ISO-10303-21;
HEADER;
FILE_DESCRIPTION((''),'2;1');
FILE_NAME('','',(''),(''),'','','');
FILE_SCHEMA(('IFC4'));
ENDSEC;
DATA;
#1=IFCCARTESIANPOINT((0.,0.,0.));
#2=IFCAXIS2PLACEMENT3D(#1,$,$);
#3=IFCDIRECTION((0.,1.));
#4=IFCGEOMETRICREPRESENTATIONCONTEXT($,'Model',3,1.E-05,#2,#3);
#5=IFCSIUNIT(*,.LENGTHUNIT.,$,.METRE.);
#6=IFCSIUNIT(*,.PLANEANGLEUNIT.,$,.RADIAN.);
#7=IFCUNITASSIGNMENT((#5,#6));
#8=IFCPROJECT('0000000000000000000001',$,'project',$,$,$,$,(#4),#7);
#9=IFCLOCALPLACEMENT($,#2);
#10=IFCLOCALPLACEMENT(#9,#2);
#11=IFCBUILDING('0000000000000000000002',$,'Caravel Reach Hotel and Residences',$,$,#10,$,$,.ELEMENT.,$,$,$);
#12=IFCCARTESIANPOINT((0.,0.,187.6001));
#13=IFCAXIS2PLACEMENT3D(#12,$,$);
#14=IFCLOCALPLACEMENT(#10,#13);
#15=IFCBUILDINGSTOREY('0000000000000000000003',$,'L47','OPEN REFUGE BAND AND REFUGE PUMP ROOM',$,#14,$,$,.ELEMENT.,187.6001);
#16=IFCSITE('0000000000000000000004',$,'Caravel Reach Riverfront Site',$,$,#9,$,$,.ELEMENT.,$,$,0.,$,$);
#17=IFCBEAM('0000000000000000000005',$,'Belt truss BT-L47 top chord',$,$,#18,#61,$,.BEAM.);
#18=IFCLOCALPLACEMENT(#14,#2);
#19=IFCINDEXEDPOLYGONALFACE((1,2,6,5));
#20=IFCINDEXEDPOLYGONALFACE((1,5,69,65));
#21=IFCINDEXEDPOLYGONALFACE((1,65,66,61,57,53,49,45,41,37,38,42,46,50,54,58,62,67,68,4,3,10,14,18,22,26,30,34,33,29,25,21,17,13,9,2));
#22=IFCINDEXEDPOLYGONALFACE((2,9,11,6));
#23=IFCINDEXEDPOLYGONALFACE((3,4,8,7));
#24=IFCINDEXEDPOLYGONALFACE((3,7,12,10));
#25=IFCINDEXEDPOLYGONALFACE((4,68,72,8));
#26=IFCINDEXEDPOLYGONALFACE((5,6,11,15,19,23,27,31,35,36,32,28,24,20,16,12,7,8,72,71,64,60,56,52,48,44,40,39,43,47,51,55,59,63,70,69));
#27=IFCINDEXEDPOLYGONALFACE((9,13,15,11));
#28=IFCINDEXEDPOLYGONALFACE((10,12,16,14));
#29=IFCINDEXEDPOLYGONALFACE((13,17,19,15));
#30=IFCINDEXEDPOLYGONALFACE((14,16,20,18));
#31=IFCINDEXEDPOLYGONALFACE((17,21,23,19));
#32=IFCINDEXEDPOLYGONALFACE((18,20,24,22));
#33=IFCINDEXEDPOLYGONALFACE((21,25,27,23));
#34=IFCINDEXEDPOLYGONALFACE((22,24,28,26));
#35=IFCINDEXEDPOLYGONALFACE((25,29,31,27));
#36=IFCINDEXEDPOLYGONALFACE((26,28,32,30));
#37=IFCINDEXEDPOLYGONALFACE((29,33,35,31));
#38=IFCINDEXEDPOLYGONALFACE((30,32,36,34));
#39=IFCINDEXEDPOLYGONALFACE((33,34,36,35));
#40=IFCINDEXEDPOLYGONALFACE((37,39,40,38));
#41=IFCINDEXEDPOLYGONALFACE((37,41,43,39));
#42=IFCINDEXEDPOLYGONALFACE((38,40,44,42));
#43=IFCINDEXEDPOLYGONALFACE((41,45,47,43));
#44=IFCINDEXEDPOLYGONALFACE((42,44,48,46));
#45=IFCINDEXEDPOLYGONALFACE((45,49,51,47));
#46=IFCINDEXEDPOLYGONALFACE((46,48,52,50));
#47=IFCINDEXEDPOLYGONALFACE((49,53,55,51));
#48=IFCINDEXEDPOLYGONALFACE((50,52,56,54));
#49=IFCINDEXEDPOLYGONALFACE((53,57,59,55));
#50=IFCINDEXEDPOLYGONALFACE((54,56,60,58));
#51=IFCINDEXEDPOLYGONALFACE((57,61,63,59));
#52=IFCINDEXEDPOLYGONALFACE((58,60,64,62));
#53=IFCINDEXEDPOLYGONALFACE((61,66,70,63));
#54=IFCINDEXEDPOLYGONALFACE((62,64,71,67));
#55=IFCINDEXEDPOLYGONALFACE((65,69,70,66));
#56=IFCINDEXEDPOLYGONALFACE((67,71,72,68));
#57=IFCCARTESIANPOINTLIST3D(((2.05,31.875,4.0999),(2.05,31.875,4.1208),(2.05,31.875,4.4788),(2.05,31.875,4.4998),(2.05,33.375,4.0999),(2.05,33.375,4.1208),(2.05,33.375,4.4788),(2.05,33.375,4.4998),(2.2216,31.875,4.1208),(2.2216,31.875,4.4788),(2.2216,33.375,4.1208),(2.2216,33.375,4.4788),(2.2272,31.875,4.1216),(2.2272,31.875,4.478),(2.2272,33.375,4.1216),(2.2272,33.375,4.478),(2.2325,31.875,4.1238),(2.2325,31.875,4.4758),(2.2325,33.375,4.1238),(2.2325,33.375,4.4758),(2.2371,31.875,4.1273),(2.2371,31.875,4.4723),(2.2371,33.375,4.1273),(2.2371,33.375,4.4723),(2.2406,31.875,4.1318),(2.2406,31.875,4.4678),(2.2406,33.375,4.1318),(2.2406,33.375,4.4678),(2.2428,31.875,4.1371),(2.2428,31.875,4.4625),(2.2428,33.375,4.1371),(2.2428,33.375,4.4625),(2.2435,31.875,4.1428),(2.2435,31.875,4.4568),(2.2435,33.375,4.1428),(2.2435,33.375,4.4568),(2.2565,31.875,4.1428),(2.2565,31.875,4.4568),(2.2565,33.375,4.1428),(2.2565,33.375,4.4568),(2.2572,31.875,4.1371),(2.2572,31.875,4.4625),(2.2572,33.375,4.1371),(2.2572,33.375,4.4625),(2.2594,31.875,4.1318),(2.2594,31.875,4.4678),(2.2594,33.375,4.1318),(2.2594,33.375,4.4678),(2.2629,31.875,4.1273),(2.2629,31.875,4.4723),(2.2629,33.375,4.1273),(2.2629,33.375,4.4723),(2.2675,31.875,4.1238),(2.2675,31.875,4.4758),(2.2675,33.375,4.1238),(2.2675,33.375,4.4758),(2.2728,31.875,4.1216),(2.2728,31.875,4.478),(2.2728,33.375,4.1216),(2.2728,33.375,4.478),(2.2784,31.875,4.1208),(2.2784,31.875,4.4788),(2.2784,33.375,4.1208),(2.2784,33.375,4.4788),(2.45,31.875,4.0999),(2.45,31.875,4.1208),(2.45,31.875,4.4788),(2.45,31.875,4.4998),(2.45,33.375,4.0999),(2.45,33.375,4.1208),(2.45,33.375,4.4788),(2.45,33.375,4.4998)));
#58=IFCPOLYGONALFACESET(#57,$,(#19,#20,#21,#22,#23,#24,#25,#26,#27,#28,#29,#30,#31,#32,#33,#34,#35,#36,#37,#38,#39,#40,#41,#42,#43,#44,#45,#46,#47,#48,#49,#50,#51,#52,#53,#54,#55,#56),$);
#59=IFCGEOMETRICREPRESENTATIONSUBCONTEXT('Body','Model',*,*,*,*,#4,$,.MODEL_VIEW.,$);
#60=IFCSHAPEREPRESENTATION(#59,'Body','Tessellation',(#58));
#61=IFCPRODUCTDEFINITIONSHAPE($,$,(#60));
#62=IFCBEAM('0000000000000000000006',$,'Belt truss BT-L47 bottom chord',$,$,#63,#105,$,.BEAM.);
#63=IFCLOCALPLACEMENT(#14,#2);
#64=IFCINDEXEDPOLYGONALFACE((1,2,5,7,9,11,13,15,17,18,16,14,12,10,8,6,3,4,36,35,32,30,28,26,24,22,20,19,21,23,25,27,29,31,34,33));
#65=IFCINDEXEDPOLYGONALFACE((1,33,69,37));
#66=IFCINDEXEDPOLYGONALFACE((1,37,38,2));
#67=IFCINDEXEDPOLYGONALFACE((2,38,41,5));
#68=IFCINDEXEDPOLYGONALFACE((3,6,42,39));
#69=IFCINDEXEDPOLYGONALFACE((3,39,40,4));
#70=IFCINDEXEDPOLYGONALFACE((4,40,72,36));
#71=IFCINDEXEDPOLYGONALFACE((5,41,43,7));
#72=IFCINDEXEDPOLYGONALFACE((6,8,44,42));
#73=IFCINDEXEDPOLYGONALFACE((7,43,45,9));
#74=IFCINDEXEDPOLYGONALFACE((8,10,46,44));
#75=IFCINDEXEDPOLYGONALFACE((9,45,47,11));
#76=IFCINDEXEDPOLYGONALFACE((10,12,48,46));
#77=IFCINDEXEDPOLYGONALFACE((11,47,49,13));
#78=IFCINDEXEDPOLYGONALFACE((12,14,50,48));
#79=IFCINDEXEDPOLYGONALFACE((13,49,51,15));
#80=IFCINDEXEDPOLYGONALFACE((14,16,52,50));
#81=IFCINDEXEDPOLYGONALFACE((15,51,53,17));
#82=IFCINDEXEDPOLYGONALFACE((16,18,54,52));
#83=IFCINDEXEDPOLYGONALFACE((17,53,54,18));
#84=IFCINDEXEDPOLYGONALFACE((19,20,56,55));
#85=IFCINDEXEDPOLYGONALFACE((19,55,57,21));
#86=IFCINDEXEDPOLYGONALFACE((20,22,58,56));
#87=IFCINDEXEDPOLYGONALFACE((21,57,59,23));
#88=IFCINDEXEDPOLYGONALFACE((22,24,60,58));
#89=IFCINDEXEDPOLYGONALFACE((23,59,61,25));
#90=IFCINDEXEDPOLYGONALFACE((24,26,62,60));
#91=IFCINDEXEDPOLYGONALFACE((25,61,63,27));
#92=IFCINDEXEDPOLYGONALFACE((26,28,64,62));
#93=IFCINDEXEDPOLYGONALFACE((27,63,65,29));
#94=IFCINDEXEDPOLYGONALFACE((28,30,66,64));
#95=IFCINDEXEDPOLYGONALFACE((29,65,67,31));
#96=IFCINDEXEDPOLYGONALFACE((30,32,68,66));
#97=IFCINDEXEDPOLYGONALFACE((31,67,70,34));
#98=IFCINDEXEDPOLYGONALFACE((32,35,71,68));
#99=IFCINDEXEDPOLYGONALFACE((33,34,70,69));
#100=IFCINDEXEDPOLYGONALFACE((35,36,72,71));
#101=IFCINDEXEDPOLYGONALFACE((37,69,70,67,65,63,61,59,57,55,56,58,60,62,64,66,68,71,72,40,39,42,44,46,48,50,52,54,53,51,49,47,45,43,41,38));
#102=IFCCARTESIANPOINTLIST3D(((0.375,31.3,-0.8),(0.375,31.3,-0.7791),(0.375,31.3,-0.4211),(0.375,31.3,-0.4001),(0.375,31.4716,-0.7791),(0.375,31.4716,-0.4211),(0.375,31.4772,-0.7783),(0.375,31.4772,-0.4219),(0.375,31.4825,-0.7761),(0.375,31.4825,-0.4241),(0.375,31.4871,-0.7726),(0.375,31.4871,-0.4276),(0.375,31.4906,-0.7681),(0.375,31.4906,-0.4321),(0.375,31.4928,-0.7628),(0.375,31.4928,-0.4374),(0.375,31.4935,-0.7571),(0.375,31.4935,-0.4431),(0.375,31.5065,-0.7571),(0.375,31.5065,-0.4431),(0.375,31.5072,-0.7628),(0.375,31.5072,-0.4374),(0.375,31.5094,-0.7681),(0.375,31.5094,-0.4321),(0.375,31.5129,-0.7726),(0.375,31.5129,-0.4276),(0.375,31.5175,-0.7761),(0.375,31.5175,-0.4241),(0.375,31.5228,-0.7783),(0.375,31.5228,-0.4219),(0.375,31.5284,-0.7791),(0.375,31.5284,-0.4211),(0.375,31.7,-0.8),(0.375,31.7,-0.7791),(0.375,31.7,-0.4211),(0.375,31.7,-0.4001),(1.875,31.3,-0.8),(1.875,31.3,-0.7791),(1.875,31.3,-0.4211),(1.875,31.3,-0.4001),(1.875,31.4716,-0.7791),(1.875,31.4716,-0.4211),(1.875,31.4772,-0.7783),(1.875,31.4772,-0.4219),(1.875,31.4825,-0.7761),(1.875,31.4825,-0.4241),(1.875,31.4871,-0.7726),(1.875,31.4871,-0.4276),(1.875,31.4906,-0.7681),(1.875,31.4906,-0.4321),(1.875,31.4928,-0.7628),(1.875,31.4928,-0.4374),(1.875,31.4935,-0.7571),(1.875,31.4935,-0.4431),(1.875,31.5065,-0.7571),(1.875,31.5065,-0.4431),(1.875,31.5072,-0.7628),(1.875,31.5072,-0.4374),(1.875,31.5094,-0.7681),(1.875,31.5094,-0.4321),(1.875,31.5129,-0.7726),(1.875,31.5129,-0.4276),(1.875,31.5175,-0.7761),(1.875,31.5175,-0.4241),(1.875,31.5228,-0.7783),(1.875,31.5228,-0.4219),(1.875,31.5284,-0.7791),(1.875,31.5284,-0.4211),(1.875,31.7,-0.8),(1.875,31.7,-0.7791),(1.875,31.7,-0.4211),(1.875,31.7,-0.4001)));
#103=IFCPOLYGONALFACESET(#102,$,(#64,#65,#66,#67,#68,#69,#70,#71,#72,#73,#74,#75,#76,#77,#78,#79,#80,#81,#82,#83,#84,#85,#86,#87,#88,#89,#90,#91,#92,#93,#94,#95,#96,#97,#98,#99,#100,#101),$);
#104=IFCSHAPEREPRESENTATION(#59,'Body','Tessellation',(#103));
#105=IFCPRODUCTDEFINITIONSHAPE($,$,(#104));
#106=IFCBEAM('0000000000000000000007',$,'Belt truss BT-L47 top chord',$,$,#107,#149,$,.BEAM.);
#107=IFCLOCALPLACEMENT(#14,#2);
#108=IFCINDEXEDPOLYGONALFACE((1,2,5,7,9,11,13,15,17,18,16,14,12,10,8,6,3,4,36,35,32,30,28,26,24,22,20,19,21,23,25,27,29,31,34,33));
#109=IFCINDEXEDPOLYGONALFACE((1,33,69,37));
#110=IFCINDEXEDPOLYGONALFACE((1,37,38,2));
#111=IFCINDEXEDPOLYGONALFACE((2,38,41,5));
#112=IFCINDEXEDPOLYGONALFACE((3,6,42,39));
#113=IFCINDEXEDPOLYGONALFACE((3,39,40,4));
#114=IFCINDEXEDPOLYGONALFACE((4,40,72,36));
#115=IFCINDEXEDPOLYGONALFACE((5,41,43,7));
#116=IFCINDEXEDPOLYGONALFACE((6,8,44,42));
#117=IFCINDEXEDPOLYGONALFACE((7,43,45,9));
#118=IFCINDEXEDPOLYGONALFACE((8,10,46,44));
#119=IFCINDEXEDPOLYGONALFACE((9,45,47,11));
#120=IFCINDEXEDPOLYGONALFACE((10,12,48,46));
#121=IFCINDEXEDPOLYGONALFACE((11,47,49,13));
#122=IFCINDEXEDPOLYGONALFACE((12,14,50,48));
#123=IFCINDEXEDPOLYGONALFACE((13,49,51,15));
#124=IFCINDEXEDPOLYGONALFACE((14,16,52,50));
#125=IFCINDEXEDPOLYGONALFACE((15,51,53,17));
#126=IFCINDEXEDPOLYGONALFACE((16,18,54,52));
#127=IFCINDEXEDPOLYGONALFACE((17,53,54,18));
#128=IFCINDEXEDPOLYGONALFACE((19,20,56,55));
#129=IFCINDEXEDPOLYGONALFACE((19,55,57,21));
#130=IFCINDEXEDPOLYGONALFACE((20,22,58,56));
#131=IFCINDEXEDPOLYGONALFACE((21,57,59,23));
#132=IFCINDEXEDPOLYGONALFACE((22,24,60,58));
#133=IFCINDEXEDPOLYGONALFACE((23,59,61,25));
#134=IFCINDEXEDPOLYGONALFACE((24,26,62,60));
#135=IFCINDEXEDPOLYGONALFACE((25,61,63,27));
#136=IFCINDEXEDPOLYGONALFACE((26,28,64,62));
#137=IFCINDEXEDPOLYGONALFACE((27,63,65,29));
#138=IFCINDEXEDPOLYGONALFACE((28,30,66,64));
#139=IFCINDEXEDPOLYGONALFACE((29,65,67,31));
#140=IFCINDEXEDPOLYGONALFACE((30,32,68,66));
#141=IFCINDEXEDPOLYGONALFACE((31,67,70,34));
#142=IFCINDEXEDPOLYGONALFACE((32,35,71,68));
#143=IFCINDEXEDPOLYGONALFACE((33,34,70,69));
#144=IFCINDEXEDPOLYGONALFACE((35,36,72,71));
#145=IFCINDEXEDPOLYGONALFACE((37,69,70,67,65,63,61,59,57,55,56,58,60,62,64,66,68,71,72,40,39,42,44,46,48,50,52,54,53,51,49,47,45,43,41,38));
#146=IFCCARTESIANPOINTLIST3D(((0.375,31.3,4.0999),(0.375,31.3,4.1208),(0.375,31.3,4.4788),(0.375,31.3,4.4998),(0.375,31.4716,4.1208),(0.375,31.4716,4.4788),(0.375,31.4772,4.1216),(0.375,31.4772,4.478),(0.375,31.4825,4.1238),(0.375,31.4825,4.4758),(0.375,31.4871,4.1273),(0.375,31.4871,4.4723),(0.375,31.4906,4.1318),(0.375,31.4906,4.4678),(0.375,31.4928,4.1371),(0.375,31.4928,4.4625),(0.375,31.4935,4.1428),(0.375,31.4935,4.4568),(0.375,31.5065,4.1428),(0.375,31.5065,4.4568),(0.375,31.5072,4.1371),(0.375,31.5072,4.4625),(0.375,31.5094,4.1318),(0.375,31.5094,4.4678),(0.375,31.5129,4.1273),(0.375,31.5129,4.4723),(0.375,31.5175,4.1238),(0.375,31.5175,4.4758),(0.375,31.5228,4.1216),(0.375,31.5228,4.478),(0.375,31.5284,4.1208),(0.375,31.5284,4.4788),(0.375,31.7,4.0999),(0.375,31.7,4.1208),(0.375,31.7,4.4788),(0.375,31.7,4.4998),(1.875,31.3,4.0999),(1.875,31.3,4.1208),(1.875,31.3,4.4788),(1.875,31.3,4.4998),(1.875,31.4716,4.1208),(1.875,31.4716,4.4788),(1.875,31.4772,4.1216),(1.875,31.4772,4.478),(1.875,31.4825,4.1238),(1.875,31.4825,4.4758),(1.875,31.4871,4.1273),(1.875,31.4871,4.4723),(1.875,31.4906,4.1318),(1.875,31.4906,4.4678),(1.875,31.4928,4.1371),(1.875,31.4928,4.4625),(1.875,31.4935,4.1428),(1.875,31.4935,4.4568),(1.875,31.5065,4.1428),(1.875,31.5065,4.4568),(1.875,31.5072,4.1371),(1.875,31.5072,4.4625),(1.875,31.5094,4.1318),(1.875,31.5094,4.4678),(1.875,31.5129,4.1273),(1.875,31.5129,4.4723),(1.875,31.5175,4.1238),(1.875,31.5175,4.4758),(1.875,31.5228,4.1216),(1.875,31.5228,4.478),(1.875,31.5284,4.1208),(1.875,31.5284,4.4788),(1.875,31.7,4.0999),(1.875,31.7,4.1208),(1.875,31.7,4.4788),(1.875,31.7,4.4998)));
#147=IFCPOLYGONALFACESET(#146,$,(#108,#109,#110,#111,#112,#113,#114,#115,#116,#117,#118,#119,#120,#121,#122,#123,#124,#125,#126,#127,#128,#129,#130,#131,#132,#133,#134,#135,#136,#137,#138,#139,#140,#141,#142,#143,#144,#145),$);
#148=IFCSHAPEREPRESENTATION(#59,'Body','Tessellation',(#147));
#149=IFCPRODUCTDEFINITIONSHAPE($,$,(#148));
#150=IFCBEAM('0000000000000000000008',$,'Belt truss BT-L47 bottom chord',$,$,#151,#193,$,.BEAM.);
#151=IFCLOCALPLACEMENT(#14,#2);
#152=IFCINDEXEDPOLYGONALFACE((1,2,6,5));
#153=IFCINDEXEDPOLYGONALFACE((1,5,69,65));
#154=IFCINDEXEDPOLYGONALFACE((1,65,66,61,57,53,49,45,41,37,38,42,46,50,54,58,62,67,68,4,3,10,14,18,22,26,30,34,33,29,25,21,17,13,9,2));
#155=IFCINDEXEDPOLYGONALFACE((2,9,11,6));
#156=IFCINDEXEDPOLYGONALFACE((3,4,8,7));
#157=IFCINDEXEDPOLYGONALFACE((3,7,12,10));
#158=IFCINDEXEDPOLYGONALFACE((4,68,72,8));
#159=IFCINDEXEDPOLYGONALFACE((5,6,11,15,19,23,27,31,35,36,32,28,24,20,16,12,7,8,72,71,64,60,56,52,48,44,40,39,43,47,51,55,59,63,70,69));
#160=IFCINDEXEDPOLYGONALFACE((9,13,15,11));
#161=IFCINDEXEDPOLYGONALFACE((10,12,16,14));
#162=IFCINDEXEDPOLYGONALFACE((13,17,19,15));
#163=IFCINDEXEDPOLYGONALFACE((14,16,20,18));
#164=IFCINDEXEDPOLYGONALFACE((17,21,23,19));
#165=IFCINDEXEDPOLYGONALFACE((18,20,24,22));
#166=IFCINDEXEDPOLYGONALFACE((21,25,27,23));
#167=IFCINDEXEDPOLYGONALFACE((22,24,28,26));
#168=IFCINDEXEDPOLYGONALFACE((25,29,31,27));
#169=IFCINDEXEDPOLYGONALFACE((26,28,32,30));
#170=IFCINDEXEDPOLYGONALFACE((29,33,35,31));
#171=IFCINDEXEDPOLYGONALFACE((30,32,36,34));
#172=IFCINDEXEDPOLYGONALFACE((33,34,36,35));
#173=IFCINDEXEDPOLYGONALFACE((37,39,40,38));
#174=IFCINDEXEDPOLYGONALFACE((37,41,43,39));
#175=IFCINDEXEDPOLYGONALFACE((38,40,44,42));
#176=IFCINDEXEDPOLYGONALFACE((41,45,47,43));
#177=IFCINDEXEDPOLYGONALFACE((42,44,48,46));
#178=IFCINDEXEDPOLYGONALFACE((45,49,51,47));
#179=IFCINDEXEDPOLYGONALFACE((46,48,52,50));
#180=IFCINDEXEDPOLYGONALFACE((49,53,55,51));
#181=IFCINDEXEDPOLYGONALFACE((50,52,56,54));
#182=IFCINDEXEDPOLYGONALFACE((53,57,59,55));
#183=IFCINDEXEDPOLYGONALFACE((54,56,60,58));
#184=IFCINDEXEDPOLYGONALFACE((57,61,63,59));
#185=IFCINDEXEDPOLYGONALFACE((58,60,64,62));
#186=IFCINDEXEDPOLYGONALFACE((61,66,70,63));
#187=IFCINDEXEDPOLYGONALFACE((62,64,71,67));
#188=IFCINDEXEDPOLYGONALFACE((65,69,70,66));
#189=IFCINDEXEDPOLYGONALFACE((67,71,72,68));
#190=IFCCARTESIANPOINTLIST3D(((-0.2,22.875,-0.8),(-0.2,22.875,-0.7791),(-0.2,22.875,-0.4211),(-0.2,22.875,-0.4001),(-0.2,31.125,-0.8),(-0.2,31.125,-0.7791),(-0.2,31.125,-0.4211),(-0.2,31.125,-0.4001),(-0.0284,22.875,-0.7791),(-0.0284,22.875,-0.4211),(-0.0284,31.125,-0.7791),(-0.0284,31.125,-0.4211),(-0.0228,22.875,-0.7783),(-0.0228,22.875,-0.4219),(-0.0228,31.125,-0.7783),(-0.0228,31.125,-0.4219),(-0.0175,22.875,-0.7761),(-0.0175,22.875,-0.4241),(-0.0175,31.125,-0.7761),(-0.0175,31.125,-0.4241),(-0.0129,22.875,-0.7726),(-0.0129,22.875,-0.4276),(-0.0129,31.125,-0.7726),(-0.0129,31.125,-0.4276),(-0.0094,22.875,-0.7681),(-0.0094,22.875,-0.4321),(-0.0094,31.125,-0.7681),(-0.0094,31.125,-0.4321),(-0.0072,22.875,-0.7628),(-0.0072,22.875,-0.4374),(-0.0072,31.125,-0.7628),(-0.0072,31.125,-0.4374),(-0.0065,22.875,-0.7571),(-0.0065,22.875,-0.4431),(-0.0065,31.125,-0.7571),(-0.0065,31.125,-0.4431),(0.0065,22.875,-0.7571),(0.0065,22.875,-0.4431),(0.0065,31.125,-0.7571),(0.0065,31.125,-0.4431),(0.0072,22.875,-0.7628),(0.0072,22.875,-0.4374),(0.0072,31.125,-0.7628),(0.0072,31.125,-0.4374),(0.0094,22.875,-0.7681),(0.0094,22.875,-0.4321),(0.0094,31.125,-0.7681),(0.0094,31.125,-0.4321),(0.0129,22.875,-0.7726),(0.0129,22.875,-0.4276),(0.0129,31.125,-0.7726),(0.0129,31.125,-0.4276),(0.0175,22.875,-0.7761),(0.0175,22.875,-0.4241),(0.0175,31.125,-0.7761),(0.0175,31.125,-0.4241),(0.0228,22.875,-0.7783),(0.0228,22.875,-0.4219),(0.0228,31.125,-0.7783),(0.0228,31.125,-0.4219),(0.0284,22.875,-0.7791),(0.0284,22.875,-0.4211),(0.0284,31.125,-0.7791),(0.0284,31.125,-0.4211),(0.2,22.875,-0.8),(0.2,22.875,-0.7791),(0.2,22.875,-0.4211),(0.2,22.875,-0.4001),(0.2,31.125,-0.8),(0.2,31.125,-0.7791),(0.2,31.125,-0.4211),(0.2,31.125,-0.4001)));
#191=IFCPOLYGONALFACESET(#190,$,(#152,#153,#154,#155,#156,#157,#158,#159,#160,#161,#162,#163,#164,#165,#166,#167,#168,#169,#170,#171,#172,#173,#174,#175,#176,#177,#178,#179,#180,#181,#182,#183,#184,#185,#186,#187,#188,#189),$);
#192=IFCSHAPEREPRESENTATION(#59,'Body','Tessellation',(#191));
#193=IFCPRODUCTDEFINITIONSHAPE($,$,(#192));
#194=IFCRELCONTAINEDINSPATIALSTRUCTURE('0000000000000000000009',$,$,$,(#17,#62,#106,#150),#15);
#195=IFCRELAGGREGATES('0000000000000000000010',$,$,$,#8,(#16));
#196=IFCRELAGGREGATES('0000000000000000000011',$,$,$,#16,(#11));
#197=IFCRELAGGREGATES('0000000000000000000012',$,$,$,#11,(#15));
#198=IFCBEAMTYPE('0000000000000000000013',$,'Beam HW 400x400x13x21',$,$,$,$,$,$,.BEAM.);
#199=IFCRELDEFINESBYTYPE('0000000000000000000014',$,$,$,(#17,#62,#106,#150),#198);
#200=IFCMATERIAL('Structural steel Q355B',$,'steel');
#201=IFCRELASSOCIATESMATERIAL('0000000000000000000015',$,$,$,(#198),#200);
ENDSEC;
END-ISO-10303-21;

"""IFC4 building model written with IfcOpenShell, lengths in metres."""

from ifc_helpers import new_model, si_unit, direction, frame, origin, origin_2d, place, context, subcontext, project, spatial, i_section, extrude, material, material_profile, profile_set, type_object, element, save


model = new_model("IFC4")

# Units and contexts
model_context = context("Model", 3, precision=1e-05, world=origin(), true_north=direction((0.0, 1.0)))
body_context = subcontext(model_context, "Body", "Model", "MODEL_VIEW")
ifc_project = project(units=[si_unit("LENGTHUNIT", "METRE"), si_unit("PLANEANGLEUNIT", "RADIAN")], contexts=[model_context])

# Site, building, storey
site_placement = place(None, origin())
site = spatial("IfcSite", under=ifc_project, at=site_placement, Name="Caravel Reach Riverfront Site", CompositionType="ELEMENT", RefElevation=0.0)
building_placement = place(site_placement, origin())
building = spatial("IfcBuilding", under=site, at=building_placement, Name="Caravel Reach Hotel and Residences", CompositionType="ELEMENT")
storey_placement = place(building_placement, frame((0.0, 0.0, 187.6001)))
storey = spatial("IfcBuildingStorey", under=building, at=storey_placement, Name="L47", Description="OPEN REFUGE BAND AND REFUGE PUMP ROOM", CompositionType="ELEMENT", Elevation=187.6001)

# Beams
ifc_material_1 = material(Name="Structural steel Q355B", Category="steel")
ifc_material_profile_1 = material_profile(ifc_material_1, i_section(OverallWidth=0.3999, OverallDepth=0.3999, WebThickness=0.0129, FlangeThickness=0.021, FilletRadius=0.022, at=origin_2d()), Name="HW 400x400x13x21")
ifc_profile_set_1 = profile_set([ifc_material_profile_1], Name="Structural steel Q355B")
beam_type_1 = type_object("IfcBeamType", Name="Beam HW 400x400x13x21", PredefinedType="BEAM", material=ifc_profile_set_1)
for number, where, z_axis, x_axis, name in (
    (1, (2.25, 33.375, 4.2998), (0.0, -1.0, 0.0), (1.0, 0.0, 0.0), "Belt truss BT-L47 top chord"),
    (2, (1.875, 31.5, -0.6001), (-1.0, 0.0, 0.0), (0.0, -1.0, 0.0), "Belt truss BT-L47 bottom chord"),
    (3, (1.875, 31.5, 4.2998), (-1.0, 0.0, 0.0), (0.0, -1.0, 0.0), "Belt truss BT-L47 top chord"),
):
    element("IfcBeam", number, at=place(storey_placement, frame(where, z_axis=z_axis, x_axis=x_axis)), inside=storey, type_object=beam_type_1, Name=name, PredefinedType="BEAM", context=body_context, shape_type="SweptSolid", body=[
        extrude(i_section(OverallWidth=0.3999, OverallDepth=0.3999, WebThickness=0.0129, FlangeThickness=0.021, FilletRadius=0.022, at=origin_2d()), origin(), (0.0, 0.0, 1.0), 1.5),
    ])
for number, where, z_axis, x_axis, name in (
    (4, (0.0, 31.125, -0.6001), (0.0, -1.0, 0.0), (1.0, 0.0, 0.0), "Belt truss BT-L47 bottom chord"),
):
    element("IfcBeam", number, at=place(storey_placement, frame(where, z_axis=z_axis, x_axis=x_axis)), inside=storey, type_object=beam_type_1, Name=name, PredefinedType="BEAM", context=body_context, shape_type="SweptSolid", body=[
        extrude(i_section(OverallWidth=0.3999, OverallDepth=0.3999, WebThickness=0.0129, FlangeThickness=0.021, FilletRadius=0.022, at=origin_2d()), origin(), (0.0, 0.0, 1.0), 8.25),
    ])

save(model, "model.ifc")
